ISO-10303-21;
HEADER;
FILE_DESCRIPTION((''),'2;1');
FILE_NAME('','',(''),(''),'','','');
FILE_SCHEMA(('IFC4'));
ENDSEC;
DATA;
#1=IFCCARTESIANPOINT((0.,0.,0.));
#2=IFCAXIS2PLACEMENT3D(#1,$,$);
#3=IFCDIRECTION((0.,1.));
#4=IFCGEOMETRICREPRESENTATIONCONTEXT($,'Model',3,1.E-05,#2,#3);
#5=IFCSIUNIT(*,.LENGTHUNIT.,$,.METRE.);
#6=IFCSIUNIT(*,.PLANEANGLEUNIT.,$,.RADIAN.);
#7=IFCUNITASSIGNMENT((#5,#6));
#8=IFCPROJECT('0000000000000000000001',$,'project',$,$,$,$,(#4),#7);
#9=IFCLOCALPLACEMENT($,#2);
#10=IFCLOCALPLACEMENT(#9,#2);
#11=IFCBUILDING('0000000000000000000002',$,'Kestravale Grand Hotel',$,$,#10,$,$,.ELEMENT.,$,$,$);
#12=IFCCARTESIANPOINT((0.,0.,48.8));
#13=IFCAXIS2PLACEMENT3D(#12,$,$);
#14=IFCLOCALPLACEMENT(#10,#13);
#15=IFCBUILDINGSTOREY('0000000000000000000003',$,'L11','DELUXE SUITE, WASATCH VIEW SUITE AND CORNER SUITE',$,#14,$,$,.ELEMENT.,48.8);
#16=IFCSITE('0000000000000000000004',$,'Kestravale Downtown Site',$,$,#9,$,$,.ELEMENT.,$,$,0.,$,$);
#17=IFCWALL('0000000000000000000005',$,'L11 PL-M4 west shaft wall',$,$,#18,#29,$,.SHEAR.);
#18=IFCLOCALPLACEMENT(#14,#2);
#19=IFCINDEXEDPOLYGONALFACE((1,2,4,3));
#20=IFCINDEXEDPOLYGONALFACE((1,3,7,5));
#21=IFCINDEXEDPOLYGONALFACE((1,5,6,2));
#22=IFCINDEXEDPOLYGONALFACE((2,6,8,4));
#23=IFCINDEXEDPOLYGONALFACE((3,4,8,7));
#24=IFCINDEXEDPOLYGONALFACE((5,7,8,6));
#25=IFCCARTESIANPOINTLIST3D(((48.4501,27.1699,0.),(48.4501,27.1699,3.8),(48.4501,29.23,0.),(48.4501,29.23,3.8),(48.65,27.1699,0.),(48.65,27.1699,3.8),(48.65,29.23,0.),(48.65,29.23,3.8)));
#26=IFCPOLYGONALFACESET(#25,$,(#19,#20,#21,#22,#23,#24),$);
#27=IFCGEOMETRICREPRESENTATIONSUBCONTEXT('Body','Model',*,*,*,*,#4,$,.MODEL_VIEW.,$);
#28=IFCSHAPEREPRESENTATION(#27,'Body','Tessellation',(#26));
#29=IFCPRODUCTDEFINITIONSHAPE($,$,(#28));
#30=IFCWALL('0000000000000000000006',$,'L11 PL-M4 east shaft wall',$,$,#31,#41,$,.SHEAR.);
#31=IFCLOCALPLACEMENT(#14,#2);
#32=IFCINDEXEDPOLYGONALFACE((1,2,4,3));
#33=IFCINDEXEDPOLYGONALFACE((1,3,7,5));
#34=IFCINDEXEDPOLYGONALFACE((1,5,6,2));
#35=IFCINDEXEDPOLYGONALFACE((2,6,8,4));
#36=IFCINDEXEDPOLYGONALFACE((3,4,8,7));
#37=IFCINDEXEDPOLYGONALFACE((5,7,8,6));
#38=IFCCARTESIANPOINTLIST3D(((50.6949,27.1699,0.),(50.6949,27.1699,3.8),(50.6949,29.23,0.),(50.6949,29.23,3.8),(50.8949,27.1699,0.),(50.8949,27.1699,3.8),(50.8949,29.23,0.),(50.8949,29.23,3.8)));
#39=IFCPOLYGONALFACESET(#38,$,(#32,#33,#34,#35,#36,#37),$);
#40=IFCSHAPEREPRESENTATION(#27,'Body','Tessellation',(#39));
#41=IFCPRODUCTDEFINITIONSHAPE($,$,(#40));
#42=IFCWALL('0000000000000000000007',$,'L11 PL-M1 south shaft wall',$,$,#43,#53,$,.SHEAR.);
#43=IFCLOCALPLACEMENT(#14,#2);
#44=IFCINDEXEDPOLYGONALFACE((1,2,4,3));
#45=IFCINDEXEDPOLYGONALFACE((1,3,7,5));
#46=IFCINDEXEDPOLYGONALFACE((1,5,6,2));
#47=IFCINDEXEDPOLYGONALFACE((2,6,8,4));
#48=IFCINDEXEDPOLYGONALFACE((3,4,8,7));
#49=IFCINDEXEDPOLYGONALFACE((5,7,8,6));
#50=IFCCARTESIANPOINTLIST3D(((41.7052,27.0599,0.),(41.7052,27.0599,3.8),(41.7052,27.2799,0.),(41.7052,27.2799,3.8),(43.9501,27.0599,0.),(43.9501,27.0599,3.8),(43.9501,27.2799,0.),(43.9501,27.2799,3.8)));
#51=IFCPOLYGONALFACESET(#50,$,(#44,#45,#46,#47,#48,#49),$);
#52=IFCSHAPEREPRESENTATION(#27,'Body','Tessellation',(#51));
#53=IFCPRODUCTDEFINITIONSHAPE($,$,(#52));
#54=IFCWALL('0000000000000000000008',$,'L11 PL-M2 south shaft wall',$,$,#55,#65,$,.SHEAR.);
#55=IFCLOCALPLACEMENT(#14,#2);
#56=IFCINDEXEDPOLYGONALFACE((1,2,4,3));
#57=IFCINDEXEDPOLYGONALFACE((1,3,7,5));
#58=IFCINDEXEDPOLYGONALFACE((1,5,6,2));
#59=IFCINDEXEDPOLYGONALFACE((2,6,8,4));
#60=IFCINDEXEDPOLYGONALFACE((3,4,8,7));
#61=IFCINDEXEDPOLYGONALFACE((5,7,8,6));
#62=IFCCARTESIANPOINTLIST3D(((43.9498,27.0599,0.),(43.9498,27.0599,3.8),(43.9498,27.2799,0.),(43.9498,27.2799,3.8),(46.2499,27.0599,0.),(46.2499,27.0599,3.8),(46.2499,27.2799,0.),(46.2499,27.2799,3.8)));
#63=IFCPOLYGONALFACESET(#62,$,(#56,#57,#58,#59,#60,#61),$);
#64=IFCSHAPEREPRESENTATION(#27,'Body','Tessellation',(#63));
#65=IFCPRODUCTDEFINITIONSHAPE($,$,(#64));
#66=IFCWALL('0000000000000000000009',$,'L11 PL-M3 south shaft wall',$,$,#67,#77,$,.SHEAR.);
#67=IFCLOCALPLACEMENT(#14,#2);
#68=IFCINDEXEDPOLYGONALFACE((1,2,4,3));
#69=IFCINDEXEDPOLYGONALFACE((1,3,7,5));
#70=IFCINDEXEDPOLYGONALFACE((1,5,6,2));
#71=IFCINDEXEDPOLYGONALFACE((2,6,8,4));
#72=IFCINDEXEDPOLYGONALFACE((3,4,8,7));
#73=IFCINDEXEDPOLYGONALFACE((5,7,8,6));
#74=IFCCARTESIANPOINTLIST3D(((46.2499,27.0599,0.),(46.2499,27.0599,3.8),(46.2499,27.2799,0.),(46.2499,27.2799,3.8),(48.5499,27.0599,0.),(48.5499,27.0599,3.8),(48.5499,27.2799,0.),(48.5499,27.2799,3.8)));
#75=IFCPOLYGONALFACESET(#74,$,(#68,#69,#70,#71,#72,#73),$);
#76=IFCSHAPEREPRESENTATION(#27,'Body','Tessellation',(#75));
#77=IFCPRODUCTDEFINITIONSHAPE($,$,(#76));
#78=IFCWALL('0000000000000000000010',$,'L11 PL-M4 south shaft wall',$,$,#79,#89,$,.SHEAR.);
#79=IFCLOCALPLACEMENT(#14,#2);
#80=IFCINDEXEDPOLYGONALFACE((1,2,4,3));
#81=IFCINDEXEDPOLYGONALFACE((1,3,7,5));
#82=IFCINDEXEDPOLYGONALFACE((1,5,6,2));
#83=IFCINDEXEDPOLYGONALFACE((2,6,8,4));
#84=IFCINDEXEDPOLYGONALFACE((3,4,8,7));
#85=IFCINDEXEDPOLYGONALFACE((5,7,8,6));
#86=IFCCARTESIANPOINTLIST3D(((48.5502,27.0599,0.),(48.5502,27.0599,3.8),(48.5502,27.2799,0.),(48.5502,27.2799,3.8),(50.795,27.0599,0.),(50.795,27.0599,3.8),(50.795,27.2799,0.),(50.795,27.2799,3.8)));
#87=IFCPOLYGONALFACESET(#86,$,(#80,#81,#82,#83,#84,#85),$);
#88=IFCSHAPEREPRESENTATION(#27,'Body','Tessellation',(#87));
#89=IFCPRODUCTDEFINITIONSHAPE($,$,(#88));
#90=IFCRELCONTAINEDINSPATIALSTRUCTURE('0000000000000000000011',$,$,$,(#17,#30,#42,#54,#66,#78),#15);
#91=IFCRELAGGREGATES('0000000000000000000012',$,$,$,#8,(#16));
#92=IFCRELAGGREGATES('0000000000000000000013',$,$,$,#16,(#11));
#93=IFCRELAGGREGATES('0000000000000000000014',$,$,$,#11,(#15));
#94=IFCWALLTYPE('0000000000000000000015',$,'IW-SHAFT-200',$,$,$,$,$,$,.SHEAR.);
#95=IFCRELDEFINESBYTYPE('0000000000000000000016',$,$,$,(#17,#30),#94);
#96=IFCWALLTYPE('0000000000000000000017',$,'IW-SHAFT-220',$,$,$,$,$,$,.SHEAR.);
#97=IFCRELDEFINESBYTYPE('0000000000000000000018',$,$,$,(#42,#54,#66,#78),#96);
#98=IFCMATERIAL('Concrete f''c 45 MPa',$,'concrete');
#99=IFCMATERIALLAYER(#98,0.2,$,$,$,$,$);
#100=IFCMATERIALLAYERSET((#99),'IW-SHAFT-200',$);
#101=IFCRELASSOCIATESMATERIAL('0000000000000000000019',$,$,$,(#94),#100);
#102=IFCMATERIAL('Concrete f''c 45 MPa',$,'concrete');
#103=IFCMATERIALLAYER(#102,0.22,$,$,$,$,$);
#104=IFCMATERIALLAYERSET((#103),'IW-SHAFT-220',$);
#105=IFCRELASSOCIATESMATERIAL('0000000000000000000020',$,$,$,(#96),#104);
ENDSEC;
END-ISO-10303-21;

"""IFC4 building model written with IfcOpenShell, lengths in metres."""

from ifc_helpers import new_model, si_unit, direction, frame, frame_2d, origin, place, context, subcontext, project, spatial, rectangle, extrude, material, layer, layer_set, type_object, element, save


model = new_model("IFC4")

# Units and contexts
model_context = context("Model", 3, precision=1e-05, world=origin(), true_north=direction((0.0, 1.0)))
body_context = subcontext(model_context, "Body", "Model", "MODEL_VIEW")
ifc_project = project(units=[si_unit("LENGTHUNIT", "METRE"), si_unit("PLANEANGLEUNIT", "RADIAN")], contexts=[model_context])

# Site, building, storey
site_placement = place(None, origin())
site = spatial("IfcSite", under=ifc_project, at=site_placement, Name="Kestravale Downtown Site", CompositionType="ELEMENT", RefElevation=0.0)
building_placement = place(site_placement, origin())
building = spatial("IfcBuilding", under=site, at=building_placement, Name="Kestravale Grand Hotel", CompositionType="ELEMENT")
storey_placement = place(building_placement, frame((0.0, 0.0, 48.8)))
storey = spatial("IfcBuildingStorey", under=building, at=storey_placement, Name="L11", Description="DELUXE SUITE, WASATCH VIEW SUITE AND CORNER SUITE", CompositionType="ELEMENT", Elevation=48.8)

# Walls
ifc_material_1 = material(Name="Concrete f'c 45 MPa", Category="concrete")
ifc_layer_1 = layer(ifc_material_1, 0.2)
ifc_layer_set_1 = layer_set([ifc_layer_1], Name="IW-SHAFT-200")
wall_type_1 = type_object("IfcWallType", Name="IW-SHAFT-200", PredefinedType="SHEAR", material=ifc_layer_set_1)
for number, where, z_axis, x_axis, name in (
    (1, (48.55, 27.1699, 0.0), (0.0, 0.0, 1.0), (0.0, 1.0, 0.0), "L11 PL-M4 west shaft wall"),
    (2, (50.7949, 27.1699, 0.0), (0.0, 0.0, 1.0), (0.0, 1.0, 0.0), "L11 PL-M4 east shaft wall"),
):
    element("IfcWall", number, at=place(storey_placement, frame(where, z_axis=z_axis, x_axis=x_axis)), inside=storey, type_object=wall_type_1, Name=name, PredefinedType="SHEAR", context=body_context, shape_type="SweptSolid", body=[
        extrude(rectangle(XDim=2.0601, YDim=0.2, at=frame_2d((1.03, 0.0))), origin(), (0.0, 0.0, 1.0), 3.8),
    ])
ifc_material_2 = material(Name="Concrete f'c 45 MPa", Category="concrete")
ifc_layer_2 = layer(ifc_material_2, 0.22)
ifc_layer_set_2 = layer_set([ifc_layer_2], Name="IW-SHAFT-220")
wall_type_2 = type_object("IfcWallType", Name="IW-SHAFT-220", PredefinedType="SHEAR", material=ifc_layer_set_2)
wall_1_placement = place(storey_placement, frame((41.7051, 27.1699, 0.0), z_axis=(0.0, 0.0, 1.0), x_axis=(1.0, 0.0, 0.0)))
element("IfcWall", 3, at=wall_1_placement, inside=storey, type_object=wall_type_2, Name="L11 PL-M1 south shaft wall", PredefinedType="SHEAR", context=body_context, shape_type="SweptSolid", body=[
    extrude(rectangle(XDim=2.2449, YDim=0.22, at=frame_2d((1.1226, 0.0))), origin(), (0.0, 0.0, 1.0), 3.8),
])
for number, where, z_axis, x_axis, name in (
    (4, (43.95, 27.1699, 0.0), (0.0, 0.0, 1.0), (1.0, 0.0, 0.0), "L11 PL-M2 south shaft wall"),
    (5, (46.25, 27.1699, 0.0), (0.0, 0.0, 1.0), (1.0, 0.0, 0.0), "L11 PL-M3 south shaft wall"),
):
    element("IfcWall", number, at=place(storey_placement, frame(where, z_axis=z_axis, x_axis=x_axis)), inside=storey, type_object=wall_type_2, Name=name, PredefinedType="SHEAR", context=body_context, shape_type="SweptSolid", body=[
        extrude(rectangle(XDim=2.3, YDim=0.22, at=frame_2d((1.1499, 0.0))), origin(), (0.0, 0.0, 1.0), 3.8),
    ])
wall_2_placement = place(storey_placement, frame((48.55, 27.1699, 0.0), z_axis=(0.0, 0.0, 1.0), x_axis=(1.0, 0.0, 0.0)))
element("IfcWall", 6, at=wall_2_placement, inside=storey, type_object=wall_type_2, Name="L11 PL-M4 south shaft wall", PredefinedType="SHEAR", context=body_context, shape_type="SweptSolid", body=[
    extrude(rectangle(XDim=2.2449, YDim=0.22, at=frame_2d((1.1226, 0.0))), origin(), (0.0, 0.0, 1.0), 3.8),
])

save(model, "model.ifc")
